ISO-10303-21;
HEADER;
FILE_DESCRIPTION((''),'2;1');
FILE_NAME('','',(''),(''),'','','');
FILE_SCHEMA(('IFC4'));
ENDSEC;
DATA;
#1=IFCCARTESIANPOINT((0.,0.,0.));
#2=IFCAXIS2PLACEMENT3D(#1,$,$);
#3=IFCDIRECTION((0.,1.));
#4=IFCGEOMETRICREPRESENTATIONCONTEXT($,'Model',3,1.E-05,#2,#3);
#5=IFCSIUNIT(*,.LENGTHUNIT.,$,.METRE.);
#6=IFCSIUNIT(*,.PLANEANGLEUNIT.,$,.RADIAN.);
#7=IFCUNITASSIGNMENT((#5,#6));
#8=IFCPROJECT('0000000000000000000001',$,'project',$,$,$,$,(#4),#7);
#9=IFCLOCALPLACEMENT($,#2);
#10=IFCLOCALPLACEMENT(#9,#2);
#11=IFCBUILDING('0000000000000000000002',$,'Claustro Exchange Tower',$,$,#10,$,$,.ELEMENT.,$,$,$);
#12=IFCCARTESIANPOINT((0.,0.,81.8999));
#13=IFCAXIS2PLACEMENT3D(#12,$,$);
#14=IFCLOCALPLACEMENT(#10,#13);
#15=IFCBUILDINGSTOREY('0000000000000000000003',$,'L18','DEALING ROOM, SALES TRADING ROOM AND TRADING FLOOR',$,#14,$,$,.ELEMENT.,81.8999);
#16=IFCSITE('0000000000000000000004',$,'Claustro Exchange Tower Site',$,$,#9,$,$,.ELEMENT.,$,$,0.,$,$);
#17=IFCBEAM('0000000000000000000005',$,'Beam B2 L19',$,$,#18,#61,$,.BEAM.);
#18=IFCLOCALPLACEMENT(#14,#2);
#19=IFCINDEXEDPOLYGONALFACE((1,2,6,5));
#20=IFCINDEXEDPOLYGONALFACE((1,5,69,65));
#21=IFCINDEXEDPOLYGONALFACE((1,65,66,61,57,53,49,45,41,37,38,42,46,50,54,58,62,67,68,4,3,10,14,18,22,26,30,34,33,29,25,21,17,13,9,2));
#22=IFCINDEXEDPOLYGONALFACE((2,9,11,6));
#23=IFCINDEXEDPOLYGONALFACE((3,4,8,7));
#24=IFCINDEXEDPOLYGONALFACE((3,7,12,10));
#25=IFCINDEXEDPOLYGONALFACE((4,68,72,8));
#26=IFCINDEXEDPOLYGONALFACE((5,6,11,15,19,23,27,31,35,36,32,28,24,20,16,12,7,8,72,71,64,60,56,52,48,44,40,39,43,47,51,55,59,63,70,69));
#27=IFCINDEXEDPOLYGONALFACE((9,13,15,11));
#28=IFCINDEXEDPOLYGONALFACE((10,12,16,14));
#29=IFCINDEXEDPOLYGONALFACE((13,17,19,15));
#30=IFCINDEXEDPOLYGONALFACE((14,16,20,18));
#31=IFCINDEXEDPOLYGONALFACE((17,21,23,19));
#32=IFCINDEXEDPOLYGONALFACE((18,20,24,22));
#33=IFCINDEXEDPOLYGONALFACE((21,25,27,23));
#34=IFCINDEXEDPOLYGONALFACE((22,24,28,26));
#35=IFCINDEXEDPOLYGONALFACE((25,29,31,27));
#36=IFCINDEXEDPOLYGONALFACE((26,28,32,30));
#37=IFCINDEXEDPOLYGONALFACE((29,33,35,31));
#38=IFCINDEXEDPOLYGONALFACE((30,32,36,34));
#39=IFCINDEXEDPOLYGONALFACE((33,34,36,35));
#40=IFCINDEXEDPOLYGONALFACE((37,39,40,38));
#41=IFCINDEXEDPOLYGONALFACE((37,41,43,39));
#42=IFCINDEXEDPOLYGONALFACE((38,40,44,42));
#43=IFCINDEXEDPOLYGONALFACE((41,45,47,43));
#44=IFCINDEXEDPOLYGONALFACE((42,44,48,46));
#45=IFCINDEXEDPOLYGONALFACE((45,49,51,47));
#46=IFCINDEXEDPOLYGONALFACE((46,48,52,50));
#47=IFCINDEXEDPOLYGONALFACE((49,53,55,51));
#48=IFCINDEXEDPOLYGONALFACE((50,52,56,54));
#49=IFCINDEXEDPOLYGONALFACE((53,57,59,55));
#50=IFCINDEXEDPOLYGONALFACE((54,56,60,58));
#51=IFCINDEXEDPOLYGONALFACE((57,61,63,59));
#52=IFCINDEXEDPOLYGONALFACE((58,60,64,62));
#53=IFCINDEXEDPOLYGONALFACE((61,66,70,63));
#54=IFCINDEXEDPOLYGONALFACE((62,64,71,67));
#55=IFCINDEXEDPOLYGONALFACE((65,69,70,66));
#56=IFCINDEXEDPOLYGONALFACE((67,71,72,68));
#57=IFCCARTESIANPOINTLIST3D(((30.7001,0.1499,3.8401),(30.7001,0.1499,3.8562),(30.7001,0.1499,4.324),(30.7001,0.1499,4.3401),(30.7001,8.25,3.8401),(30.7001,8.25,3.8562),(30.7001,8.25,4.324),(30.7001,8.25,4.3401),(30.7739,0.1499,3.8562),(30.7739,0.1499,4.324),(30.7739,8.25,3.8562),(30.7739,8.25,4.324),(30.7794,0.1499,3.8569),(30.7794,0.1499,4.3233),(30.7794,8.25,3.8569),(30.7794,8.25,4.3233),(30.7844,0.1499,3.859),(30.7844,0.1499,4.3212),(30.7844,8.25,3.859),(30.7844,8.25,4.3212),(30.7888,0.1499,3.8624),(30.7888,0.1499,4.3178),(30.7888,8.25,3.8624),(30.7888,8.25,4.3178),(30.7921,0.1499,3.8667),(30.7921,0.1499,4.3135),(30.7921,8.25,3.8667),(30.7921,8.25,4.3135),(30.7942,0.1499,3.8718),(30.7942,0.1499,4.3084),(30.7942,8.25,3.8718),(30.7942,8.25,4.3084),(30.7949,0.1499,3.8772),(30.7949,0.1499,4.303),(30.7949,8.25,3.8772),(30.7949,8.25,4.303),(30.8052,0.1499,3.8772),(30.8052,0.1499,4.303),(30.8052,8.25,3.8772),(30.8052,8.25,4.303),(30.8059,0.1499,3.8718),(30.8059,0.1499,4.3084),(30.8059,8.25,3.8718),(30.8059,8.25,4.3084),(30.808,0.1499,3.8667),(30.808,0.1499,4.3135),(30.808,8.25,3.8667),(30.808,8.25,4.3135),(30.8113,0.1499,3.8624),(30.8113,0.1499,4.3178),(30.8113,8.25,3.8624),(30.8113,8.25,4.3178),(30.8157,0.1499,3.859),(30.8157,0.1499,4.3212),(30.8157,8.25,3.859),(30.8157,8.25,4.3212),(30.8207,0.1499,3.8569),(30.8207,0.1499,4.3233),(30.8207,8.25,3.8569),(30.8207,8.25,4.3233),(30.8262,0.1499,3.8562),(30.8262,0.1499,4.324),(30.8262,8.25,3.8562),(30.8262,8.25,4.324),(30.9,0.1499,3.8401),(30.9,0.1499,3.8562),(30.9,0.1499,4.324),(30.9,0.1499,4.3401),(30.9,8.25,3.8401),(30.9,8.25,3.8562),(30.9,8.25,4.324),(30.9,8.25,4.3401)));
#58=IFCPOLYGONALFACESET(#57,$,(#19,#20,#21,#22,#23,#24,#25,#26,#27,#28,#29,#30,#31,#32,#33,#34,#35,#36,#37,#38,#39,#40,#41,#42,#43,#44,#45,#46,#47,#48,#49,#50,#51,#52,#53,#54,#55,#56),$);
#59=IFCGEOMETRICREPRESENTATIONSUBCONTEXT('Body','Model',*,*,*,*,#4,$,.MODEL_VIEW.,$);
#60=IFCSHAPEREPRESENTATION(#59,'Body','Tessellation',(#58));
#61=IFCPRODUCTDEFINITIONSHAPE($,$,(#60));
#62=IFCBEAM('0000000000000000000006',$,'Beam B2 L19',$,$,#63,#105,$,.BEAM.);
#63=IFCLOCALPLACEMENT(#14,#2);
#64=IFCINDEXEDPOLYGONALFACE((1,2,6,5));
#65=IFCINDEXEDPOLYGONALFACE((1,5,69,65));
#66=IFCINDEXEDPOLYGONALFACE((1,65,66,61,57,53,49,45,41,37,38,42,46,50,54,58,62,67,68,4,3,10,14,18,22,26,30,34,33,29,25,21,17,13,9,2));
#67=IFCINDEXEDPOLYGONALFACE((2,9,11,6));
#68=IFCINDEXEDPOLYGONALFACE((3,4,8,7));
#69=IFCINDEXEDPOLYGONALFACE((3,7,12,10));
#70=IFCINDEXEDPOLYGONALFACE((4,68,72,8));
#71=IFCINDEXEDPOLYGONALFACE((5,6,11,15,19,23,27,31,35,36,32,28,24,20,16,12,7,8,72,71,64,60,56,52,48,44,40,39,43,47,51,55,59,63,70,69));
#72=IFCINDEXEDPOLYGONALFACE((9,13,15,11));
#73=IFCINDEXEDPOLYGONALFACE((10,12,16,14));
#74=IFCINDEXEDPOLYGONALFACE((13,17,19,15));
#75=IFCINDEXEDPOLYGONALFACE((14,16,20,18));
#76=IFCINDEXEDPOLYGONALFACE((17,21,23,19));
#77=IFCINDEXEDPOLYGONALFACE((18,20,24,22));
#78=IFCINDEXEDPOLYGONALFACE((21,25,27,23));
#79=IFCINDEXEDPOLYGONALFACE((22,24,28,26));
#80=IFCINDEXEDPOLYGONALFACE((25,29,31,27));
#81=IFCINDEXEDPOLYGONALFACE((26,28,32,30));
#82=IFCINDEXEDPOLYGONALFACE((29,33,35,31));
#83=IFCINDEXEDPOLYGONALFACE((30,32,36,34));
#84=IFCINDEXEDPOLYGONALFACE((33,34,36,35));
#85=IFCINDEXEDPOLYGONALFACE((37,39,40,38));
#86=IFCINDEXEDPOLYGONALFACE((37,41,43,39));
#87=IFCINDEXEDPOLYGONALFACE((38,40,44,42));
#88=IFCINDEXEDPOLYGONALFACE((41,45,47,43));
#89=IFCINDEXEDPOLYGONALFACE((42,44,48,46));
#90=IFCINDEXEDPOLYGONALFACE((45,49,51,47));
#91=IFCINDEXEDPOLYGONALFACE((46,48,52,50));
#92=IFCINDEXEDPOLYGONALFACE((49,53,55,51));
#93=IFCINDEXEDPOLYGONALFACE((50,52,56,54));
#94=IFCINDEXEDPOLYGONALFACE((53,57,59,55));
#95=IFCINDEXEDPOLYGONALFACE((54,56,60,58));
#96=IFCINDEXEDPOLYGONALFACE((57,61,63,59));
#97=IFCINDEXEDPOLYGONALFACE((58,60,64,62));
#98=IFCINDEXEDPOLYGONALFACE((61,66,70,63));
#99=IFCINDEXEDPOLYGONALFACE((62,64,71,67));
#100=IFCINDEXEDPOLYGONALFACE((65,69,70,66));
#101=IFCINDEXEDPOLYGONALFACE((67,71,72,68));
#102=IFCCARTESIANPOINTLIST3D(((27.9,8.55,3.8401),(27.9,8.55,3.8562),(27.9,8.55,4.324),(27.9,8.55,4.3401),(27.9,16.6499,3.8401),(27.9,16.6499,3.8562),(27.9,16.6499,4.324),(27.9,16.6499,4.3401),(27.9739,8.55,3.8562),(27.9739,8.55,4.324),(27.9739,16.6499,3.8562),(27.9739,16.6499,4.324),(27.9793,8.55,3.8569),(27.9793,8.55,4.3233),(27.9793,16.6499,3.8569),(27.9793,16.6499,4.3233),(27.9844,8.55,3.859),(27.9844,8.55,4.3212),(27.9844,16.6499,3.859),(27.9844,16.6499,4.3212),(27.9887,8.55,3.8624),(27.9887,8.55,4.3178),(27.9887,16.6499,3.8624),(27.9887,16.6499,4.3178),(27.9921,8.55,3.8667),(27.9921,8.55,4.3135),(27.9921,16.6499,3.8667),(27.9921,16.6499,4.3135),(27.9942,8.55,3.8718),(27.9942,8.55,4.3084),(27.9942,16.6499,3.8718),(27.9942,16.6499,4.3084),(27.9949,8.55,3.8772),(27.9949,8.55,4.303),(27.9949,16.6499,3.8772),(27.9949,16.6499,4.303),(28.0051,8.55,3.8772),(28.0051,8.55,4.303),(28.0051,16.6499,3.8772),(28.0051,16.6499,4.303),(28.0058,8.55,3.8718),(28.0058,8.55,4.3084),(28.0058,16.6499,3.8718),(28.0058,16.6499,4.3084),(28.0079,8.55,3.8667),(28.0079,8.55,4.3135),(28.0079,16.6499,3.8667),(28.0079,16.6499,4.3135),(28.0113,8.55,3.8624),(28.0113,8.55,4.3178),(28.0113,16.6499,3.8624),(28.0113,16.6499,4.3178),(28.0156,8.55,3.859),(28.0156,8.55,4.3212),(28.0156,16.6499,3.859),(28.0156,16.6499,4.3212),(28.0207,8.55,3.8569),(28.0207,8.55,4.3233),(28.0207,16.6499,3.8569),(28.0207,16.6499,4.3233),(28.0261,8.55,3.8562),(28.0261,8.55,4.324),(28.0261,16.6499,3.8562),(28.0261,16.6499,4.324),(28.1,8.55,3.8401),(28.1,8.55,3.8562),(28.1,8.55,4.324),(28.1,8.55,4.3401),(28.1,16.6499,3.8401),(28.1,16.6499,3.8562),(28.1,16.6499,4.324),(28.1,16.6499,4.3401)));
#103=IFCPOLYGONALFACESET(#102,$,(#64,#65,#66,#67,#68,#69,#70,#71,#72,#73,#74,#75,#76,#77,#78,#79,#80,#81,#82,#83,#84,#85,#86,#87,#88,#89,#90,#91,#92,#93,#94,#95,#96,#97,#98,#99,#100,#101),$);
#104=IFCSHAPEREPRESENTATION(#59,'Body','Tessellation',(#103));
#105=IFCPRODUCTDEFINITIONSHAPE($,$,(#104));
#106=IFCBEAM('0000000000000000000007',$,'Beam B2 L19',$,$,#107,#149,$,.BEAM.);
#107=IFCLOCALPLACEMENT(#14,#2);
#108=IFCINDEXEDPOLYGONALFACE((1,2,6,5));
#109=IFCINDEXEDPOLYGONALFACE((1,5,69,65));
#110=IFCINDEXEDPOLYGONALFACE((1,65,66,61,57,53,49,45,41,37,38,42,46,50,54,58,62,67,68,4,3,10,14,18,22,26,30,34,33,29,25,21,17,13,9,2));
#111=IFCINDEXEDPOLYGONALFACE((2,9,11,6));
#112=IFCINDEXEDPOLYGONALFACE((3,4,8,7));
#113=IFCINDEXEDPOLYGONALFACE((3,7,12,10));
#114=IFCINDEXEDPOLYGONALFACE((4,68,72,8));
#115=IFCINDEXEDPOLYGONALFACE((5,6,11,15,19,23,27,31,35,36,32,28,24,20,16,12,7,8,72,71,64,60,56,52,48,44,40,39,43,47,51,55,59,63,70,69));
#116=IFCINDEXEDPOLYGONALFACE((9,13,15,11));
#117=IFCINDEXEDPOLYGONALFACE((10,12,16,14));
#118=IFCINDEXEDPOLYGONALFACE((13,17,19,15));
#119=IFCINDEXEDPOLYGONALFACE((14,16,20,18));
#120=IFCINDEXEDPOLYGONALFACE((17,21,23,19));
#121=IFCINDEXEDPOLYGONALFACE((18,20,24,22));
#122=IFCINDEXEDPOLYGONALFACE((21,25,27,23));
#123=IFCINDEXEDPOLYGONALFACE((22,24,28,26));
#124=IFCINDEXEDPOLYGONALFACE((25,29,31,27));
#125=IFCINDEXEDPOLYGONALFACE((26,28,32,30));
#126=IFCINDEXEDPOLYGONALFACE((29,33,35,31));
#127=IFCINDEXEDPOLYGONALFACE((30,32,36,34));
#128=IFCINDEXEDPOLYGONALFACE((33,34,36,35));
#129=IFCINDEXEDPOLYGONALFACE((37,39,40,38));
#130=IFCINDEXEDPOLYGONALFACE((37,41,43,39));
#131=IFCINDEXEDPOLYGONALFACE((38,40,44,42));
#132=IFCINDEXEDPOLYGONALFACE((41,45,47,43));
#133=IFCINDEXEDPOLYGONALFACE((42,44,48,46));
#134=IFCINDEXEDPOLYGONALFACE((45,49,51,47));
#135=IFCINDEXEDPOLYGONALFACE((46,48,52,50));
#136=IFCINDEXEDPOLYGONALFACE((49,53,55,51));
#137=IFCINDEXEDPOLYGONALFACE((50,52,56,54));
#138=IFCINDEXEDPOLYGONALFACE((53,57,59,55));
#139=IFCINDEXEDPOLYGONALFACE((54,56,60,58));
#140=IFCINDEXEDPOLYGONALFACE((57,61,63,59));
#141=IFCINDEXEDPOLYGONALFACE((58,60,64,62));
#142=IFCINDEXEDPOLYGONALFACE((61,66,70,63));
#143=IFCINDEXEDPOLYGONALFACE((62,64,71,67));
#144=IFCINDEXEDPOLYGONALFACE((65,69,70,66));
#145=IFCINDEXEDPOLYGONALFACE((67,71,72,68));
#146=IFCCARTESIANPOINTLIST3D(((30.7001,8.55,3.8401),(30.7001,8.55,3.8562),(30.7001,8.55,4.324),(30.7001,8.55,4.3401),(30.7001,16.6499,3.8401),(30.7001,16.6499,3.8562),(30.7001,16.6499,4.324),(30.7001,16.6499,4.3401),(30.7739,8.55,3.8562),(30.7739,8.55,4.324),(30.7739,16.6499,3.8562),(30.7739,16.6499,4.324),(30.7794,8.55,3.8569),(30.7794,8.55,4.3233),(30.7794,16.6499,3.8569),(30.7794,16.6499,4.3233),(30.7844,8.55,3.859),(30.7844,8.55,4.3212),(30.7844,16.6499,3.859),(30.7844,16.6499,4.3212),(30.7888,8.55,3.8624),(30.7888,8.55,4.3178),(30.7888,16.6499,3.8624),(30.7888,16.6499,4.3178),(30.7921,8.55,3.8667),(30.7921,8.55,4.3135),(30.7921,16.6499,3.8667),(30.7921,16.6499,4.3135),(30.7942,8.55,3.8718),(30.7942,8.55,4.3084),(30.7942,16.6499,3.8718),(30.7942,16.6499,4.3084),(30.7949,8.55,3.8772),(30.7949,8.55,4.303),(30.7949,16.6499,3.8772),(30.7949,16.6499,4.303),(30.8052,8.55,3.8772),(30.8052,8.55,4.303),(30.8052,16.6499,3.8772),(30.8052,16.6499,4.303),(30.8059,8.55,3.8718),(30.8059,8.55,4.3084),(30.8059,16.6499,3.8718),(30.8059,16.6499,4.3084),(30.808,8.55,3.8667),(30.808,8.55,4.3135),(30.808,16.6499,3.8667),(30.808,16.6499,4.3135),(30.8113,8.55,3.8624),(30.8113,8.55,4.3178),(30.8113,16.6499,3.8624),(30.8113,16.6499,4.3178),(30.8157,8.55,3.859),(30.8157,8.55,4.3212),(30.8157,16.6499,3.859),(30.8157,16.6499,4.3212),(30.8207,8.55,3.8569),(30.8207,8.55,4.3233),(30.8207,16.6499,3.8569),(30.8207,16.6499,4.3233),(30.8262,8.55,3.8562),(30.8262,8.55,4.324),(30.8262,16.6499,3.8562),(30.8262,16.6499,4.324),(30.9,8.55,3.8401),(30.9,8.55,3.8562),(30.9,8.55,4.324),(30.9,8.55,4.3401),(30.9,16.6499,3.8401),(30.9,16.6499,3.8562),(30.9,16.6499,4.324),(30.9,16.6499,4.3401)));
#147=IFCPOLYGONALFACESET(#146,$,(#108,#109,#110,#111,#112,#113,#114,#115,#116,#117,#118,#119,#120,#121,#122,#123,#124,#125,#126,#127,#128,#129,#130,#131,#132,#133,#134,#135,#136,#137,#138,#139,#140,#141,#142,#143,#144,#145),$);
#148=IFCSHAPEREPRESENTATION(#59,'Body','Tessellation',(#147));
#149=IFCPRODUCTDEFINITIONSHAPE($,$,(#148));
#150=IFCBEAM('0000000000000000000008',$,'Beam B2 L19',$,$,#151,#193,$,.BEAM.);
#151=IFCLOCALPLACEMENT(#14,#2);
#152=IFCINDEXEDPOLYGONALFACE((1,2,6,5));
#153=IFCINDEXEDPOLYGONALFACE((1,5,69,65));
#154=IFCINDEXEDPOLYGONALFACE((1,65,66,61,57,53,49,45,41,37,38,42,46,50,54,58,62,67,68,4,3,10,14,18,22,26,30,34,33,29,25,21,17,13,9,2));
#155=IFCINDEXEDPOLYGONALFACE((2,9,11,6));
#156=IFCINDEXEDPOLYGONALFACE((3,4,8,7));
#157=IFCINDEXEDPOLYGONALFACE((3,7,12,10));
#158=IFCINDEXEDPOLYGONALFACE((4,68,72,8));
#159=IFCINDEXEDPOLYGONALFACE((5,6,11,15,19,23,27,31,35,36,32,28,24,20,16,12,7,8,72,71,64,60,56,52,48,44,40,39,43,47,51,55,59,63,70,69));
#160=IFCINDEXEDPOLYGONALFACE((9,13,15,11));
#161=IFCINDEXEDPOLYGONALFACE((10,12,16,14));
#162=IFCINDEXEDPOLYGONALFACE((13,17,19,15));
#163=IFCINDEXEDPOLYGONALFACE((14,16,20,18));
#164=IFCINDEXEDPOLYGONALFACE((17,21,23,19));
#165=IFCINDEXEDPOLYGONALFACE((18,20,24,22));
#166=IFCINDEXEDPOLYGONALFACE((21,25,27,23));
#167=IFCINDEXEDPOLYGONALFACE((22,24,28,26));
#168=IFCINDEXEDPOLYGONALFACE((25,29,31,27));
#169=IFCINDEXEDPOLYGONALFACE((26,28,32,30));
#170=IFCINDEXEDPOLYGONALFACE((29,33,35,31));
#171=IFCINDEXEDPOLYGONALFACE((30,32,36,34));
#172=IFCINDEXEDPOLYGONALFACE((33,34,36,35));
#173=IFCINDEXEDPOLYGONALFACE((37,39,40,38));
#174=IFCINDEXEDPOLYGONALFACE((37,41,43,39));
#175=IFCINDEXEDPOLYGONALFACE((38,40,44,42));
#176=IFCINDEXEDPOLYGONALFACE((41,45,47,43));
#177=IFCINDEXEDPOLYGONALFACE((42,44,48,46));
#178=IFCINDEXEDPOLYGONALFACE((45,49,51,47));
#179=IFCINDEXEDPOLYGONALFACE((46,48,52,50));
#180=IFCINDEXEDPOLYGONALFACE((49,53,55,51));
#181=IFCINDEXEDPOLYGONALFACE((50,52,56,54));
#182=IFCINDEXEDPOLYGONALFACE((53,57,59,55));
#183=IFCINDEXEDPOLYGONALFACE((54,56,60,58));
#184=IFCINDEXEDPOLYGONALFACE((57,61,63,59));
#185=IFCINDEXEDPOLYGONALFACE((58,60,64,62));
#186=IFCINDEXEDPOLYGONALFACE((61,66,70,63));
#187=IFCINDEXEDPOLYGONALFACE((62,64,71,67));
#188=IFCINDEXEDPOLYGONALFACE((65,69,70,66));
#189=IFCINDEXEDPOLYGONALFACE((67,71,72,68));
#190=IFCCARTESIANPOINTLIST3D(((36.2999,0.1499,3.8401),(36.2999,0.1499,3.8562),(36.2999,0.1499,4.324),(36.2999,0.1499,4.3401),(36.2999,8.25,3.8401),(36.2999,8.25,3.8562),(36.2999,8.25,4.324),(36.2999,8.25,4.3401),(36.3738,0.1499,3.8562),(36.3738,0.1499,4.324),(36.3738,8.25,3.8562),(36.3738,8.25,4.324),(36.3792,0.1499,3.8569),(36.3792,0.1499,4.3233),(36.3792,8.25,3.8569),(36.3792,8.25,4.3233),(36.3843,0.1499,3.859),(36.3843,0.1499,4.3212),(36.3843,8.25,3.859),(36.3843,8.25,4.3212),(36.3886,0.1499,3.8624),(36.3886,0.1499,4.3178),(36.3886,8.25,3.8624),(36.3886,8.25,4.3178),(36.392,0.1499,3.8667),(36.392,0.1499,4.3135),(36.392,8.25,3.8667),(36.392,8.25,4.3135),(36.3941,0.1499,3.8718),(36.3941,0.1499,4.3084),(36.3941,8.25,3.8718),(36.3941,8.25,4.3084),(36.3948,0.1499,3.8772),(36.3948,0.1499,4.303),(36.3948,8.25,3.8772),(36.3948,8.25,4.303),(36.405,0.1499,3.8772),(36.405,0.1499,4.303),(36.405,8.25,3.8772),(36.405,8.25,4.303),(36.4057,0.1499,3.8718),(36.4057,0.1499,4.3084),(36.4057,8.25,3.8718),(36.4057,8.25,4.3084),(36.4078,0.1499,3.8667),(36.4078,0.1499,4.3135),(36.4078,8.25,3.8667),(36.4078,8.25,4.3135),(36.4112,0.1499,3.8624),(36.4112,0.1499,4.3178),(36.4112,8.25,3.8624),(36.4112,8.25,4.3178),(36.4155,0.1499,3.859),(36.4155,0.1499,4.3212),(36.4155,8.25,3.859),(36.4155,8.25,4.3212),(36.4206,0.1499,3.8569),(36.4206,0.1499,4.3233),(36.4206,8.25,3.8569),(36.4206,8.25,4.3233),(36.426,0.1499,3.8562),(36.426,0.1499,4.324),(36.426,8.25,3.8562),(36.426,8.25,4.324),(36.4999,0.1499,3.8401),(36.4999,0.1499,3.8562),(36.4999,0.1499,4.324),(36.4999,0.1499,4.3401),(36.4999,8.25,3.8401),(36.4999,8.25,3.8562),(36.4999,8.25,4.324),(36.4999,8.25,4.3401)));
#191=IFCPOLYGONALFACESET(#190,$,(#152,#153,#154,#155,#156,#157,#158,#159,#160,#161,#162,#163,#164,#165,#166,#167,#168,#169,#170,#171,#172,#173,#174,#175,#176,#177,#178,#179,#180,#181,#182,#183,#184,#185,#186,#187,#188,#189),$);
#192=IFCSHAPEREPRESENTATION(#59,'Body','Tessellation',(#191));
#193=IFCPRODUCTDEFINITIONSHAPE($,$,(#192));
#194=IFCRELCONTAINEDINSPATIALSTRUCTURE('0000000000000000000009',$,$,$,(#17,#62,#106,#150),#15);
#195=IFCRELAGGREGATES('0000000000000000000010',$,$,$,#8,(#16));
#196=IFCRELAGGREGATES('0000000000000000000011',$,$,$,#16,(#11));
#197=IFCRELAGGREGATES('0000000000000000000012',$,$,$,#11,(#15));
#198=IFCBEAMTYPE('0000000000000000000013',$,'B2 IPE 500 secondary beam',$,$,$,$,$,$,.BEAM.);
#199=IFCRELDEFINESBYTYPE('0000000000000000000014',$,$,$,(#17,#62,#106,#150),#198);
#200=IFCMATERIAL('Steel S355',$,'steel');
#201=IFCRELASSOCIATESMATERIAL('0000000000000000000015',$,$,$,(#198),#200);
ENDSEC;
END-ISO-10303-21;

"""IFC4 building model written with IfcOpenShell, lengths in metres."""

from ifc_helpers import new_model, si_unit, direction, frame, origin, origin_2d, place, context, subcontext, project, spatial, i_section, extrude, material, material_profile, profile_set, type_object, element, save


model = new_model("IFC4")

# Units and contexts
model_context = context("Model", 3, precision=1e-05, world=origin(), true_north=direction((0.0, 1.0)))
body_context = subcontext(model_context, "Body", "Model", "MODEL_VIEW")
ifc_project = project(units=[si_unit("LENGTHUNIT", "METRE"), si_unit("PLANEANGLEUNIT", "RADIAN")], contexts=[model_context])

# Site, building, storey
site_placement = place(None, origin())
site = spatial("IfcSite", under=ifc_project, at=site_placement, Name="Claustro Exchange Tower Site", CompositionType="ELEMENT", RefElevation=0.0)
building_placement = place(site_placement, origin())
building = spatial("IfcBuilding", under=site, at=building_placement, Name="Claustro Exchange Tower", CompositionType="ELEMENT")
storey_placement = place(building_placement, frame((0.0, 0.0, 81.8999)))
storey = spatial("IfcBuildingStorey", under=building, at=storey_placement, Name="L18", Description="DEALING ROOM, SALES TRADING ROOM AND TRADING FLOOR", CompositionType="ELEMENT", Elevation=81.8999)

# Beams
ifc_material_1 = material(Name="Steel S355", Category="steel")
ifc_material_profile_1 = material_profile(ifc_material_1, i_section(OverallWidth=0.2, OverallDepth=0.5, WebThickness=0.0103, FlangeThickness=0.0161, FilletRadius=0.021, at=origin_2d()), Name="IPE 500")
ifc_profile_set_1 = profile_set([ifc_material_profile_1], Name="Steel S355")
beam_type_1 = type_object("IfcBeamType", Name="B2 IPE 500 secondary beam", PredefinedType="BEAM", material=ifc_profile_set_1)
for number, where, z_axis, x_axis, name in (
    (1, (30.8, 0.1499, 4.0901), (0.0, 1.0, 0.0), (-1.0, 0.0, 0.0), "Beam B2 L19"),
):
    element("IfcBeam", number, at=place(storey_placement, frame(where, z_axis=z_axis, x_axis=x_axis)), inside=storey, type_object=beam_type_1, Name=name, PredefinedType="BEAM", context=body_context, shape_type="SweptSolid", body=[
        extrude(i_section(OverallWidth=0.2, OverallDepth=0.5, WebThickness=0.0103, FlangeThickness=0.0161, FilletRadius=0.021, at=origin_2d()), origin(), (0.0, 0.0, 1.0), 8.1001),
    ])
for number, where, z_axis, x_axis, name in (
    (2, (28.0, 8.55, 4.0901), (0.0, 1.0, 0.0), (-1.0, 0.0, 0.0), "Beam B2 L19"),
    (3, (30.8, 8.55, 4.0901), (0.0, 1.0, 0.0), (-1.0, 0.0, 0.0), "Beam B2 L19"),
):
    element("IfcBeam", number, at=place(storey_placement, frame(where, z_axis=z_axis, x_axis=x_axis)), inside=storey, type_object=beam_type_1, Name=name, PredefinedType="BEAM", context=body_context, shape_type="SweptSolid", body=[
        extrude(i_section(OverallWidth=0.2, OverallDepth=0.5, WebThickness=0.0103, FlangeThickness=0.0161, FilletRadius=0.021, at=origin_2d()), origin(), (0.0, 0.0, 1.0), 8.0999),
    ])
beam_1_placement = place(storey_placement, frame((36.3999, 0.1499, 4.0901), z_axis=(0.0, 1.0, 0.0), x_axis=(-1.0, 0.0, 0.0)))
element("IfcBeam", 4, at=beam_1_placement, inside=storey, type_object=beam_type_1, Name="Beam B2 L19", PredefinedType="BEAM", context=body_context, shape_type="SweptSolid", body=[
    extrude(i_section(OverallWidth=0.2, OverallDepth=0.5, WebThickness=0.0103, FlangeThickness=0.0161, FilletRadius=0.021, at=origin_2d()), origin(), (0.0, 0.0, 1.0), 8.1001),
])

save(model, "model.ifc")
